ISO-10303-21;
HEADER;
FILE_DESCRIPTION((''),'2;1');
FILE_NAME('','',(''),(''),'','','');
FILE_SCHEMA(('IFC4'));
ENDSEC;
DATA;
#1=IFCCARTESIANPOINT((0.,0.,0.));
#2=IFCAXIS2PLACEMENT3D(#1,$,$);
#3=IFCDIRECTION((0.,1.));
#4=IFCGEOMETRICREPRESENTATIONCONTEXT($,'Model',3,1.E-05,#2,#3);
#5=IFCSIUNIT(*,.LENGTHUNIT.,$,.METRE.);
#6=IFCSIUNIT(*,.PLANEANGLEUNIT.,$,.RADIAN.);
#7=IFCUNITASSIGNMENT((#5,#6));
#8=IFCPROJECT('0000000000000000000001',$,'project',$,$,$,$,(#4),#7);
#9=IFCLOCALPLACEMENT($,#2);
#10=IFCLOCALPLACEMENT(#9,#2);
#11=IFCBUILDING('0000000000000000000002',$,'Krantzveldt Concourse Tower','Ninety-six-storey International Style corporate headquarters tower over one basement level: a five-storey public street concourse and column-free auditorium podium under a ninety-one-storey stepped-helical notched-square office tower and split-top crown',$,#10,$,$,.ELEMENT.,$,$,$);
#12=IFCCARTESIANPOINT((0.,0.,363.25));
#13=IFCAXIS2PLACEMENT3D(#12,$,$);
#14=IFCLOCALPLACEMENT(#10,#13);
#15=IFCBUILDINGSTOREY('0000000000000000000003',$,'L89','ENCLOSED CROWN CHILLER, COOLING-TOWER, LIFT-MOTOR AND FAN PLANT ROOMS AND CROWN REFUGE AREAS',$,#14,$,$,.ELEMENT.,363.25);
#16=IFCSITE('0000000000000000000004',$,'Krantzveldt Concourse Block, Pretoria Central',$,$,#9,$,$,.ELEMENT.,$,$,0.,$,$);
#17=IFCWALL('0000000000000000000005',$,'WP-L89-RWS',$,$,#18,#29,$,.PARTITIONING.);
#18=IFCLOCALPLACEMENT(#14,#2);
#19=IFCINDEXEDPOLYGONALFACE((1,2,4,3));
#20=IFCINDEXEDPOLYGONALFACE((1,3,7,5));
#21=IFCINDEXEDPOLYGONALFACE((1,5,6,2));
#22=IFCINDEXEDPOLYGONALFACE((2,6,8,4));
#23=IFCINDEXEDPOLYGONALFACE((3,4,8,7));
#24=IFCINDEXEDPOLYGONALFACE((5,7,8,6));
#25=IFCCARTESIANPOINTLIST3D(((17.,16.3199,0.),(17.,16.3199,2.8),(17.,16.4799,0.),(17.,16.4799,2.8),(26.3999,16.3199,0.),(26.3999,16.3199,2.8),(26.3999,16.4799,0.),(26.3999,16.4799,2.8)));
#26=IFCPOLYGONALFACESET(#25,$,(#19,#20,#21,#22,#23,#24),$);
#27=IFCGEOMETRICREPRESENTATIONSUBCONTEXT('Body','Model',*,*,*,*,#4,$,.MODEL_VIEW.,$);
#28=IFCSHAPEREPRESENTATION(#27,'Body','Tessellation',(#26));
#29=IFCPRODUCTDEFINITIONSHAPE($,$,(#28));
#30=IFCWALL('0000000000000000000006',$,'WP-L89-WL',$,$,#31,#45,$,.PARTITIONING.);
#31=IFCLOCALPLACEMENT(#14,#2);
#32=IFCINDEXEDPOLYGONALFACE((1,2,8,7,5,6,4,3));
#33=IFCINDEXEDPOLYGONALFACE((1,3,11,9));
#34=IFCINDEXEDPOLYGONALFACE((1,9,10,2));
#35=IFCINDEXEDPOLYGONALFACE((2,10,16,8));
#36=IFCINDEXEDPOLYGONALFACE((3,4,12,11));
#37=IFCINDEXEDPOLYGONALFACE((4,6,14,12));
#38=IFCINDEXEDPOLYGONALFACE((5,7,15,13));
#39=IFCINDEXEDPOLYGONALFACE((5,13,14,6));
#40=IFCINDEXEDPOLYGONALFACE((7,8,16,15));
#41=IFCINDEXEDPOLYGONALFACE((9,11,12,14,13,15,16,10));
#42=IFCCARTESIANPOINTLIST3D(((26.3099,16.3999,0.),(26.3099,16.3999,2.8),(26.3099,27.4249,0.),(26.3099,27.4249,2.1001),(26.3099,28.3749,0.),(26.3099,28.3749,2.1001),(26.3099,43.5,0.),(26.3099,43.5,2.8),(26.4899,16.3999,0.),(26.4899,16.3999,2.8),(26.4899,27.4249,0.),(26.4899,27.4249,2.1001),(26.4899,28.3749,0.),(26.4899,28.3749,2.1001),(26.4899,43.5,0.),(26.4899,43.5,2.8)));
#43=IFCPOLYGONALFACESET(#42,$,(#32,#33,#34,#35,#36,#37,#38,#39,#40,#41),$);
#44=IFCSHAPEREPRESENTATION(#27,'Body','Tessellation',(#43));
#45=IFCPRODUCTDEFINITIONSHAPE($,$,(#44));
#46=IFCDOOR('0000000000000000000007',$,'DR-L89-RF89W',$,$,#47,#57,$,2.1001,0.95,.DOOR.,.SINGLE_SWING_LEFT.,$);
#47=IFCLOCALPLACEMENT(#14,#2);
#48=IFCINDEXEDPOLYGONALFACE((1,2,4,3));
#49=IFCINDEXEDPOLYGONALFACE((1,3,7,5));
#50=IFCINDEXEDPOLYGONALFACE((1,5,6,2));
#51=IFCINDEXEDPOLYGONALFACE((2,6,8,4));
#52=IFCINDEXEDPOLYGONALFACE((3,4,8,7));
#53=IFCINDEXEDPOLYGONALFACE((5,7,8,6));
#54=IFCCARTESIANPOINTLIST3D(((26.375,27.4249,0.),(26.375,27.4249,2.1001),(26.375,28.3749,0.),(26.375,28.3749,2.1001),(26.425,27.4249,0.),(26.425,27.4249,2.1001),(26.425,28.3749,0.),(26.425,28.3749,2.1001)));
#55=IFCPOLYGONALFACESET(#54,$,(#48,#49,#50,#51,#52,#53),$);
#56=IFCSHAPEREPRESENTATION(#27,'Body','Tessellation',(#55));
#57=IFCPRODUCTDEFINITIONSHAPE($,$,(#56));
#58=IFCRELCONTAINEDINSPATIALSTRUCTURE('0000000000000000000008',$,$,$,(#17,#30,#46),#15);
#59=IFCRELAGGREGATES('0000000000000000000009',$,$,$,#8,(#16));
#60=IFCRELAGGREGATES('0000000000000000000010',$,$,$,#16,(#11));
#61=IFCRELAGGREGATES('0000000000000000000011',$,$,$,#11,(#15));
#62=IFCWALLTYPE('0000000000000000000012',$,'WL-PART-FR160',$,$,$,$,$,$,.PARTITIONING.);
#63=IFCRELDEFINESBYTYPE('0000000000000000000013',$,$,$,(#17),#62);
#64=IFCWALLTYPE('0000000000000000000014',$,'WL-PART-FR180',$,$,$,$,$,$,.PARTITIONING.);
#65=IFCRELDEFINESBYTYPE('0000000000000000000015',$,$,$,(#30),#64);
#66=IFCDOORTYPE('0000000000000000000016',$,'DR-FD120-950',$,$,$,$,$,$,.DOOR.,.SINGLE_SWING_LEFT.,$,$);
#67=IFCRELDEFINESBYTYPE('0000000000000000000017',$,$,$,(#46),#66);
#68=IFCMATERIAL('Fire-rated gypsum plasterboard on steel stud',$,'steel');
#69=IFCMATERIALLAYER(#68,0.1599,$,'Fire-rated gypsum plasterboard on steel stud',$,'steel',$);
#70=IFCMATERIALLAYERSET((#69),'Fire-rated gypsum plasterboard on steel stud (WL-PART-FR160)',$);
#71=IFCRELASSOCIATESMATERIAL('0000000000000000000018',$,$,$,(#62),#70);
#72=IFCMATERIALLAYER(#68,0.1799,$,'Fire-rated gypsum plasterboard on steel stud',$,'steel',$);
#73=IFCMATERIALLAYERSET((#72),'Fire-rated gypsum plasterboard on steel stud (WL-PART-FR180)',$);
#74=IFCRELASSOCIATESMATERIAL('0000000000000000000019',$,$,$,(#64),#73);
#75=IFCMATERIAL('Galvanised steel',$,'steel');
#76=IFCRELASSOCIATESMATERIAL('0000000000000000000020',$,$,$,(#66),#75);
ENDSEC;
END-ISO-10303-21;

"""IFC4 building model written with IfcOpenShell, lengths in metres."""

from ifc_helpers import new_model, si_unit, direction, frame, frame_2d, origin, place, context, subcontext, project, spatial, rectangle, extrude, material, layer, layer_set, type_object, element, fill, save


model = new_model("IFC4")

# Units and contexts
model_context = context("Model", 3, precision=1e-05, world=origin(), true_north=direction((0.0, 1.0)))
body_context = subcontext(model_context, "Body", "Model", "MODEL_VIEW")
ifc_project = project(units=[si_unit("LENGTHUNIT", "METRE"), si_unit("PLANEANGLEUNIT", "RADIAN")], contexts=[model_context])

# Site, building, storey
site_placement = place(None, origin())
site = spatial("IfcSite", under=ifc_project, at=site_placement, Name="Krantzveldt Concourse Block, Pretoria Central", CompositionType="ELEMENT", RefElevation=0.0)
building_placement = place(site_placement, origin())
building = spatial("IfcBuilding", under=site, at=building_placement, Name="Krantzveldt Concourse Tower", Description="Ninety-six-storey International Style corporate headquarters tower over one basement level: a five-storey public street concourse and column-free auditorium podium under a ninety-one-storey stepped-helical notched-square office tower and split-top crown", CompositionType="ELEMENT")
storey_placement = place(building_placement, frame((0.0, 0.0, 363.25)))
storey = spatial("IfcBuildingStorey", under=building, at=storey_placement, Name="L89", Description="ENCLOSED CROWN CHILLER, COOLING-TOWER, LIFT-MOTOR AND FAN PLANT ROOMS AND CROWN REFUGE AREAS", CompositionType="ELEMENT", Elevation=363.25)

# Wall
ifc_material_1 = material(Name="Fire-rated gypsum plasterboard on steel stud", Category="steel")
ifc_layer_1 = layer(ifc_material_1, 0.1599, Name="Fire-rated gypsum plasterboard on steel stud", Category="steel")
ifc_layer_set_1 = layer_set([ifc_layer_1], Name="Fire-rated gypsum plasterboard on steel stud (WL-PART-FR160)")
wall_type_1 = type_object("IfcWallType", Name="WL-PART-FR160", PredefinedType="PARTITIONING", material=ifc_layer_set_1)
wall_1_placement = place(storey_placement, frame((17.0, 16.3999, 0.0), z_axis=(0.0, 0.0, 1.0), x_axis=(1.0, 0.0, 0.0)))
element("IfcWall", 1, at=wall_1_placement, inside=storey, type_object=wall_type_1, Name="WP-L89-RWS", PredefinedType="PARTITIONING", context=body_context, shape_type="SweptSolid", body=[
    extrude(rectangle(XDim=9.3999, YDim=0.1599, at=frame_2d((4.7, 0.0))), origin(), (0.0, 0.0, 1.0), 2.8),
])

# Wall, opening, door
ifc_layer_2 = layer(ifc_material_1, 0.1799, Name="Fire-rated gypsum plasterboard on steel stud", Category="steel")
ifc_layer_set_2 = layer_set([ifc_layer_2], Name="Fire-rated gypsum plasterboard on steel stud (WL-PART-FR180)")
wall_type_2 = type_object("IfcWallType", Name="WL-PART-FR180", PredefinedType="PARTITIONING", material=ifc_layer_set_2)
wall_2_placement = place(storey_placement, frame((26.3999, 16.3999, 0.0), z_axis=(0.0, 0.0, 1.0), x_axis=(0.0, 1.0, 0.0)))
wall_2 = element("IfcWall", 2, at=wall_2_placement, inside=storey, type_object=wall_type_2, Name="WP-L89-WL", PredefinedType="PARTITIONING", context=body_context, shape_type="SweptSolid", body=[
    extrude(rectangle(XDim=27.1001, YDim=0.1799, at=frame_2d((13.55, 0.0))), origin(), (0.0, 0.0, 1.0), 2.8),
])
opening_placement = place(wall_2_placement, frame((11.0249, 0.0, 0.0)))
opening = element("IfcOpeningElement", 3, at=opening_placement, cuts=wall_2, PredefinedType="OPENING", context=body_context, shape_type="SweptSolid", body=[
    extrude(rectangle(XDim=0.95, YDim=2.1001, at=frame_2d((0.4751, 1.05))), frame((0.0, 0.1001, 0.0), z_axis=(0.0, -1.0, 0.0), x_axis=(1.0, 0.0, 0.0)), (0.0, 0.0, 1.0), 0.2),
])
ifc_material_2 = material(Name="Galvanised steel", Category="steel")
door_type = type_object("IfcDoorType", Name="DR-FD120-950", OperationType="SINGLE_SWING_LEFT", PredefinedType="DOOR", material=ifc_material_2)
door_placement = place(opening_placement, origin())
door = element("IfcDoor", 4, at=door_placement, inside=storey, type_object=door_type, Name="DR-L89-RF89W", OperationType="SINGLE_SWING_LEFT", OverallHeight=2.1001, OverallWidth=0.95, PredefinedType="DOOR", context=body_context, shape_type="SweptSolid", body=[
    extrude(rectangle(XDim=0.95, YDim=2.1001, at=frame_2d((0.4751, 1.05))), frame((0.0, 0.0249, 0.0), z_axis=(0.0, -1.0, 0.0), x_axis=(1.0, 0.0, 0.0)), (0.0, 0.0, 1.0), 0.05),
])
fill(opening, door)

save(model, "model.ifc")
